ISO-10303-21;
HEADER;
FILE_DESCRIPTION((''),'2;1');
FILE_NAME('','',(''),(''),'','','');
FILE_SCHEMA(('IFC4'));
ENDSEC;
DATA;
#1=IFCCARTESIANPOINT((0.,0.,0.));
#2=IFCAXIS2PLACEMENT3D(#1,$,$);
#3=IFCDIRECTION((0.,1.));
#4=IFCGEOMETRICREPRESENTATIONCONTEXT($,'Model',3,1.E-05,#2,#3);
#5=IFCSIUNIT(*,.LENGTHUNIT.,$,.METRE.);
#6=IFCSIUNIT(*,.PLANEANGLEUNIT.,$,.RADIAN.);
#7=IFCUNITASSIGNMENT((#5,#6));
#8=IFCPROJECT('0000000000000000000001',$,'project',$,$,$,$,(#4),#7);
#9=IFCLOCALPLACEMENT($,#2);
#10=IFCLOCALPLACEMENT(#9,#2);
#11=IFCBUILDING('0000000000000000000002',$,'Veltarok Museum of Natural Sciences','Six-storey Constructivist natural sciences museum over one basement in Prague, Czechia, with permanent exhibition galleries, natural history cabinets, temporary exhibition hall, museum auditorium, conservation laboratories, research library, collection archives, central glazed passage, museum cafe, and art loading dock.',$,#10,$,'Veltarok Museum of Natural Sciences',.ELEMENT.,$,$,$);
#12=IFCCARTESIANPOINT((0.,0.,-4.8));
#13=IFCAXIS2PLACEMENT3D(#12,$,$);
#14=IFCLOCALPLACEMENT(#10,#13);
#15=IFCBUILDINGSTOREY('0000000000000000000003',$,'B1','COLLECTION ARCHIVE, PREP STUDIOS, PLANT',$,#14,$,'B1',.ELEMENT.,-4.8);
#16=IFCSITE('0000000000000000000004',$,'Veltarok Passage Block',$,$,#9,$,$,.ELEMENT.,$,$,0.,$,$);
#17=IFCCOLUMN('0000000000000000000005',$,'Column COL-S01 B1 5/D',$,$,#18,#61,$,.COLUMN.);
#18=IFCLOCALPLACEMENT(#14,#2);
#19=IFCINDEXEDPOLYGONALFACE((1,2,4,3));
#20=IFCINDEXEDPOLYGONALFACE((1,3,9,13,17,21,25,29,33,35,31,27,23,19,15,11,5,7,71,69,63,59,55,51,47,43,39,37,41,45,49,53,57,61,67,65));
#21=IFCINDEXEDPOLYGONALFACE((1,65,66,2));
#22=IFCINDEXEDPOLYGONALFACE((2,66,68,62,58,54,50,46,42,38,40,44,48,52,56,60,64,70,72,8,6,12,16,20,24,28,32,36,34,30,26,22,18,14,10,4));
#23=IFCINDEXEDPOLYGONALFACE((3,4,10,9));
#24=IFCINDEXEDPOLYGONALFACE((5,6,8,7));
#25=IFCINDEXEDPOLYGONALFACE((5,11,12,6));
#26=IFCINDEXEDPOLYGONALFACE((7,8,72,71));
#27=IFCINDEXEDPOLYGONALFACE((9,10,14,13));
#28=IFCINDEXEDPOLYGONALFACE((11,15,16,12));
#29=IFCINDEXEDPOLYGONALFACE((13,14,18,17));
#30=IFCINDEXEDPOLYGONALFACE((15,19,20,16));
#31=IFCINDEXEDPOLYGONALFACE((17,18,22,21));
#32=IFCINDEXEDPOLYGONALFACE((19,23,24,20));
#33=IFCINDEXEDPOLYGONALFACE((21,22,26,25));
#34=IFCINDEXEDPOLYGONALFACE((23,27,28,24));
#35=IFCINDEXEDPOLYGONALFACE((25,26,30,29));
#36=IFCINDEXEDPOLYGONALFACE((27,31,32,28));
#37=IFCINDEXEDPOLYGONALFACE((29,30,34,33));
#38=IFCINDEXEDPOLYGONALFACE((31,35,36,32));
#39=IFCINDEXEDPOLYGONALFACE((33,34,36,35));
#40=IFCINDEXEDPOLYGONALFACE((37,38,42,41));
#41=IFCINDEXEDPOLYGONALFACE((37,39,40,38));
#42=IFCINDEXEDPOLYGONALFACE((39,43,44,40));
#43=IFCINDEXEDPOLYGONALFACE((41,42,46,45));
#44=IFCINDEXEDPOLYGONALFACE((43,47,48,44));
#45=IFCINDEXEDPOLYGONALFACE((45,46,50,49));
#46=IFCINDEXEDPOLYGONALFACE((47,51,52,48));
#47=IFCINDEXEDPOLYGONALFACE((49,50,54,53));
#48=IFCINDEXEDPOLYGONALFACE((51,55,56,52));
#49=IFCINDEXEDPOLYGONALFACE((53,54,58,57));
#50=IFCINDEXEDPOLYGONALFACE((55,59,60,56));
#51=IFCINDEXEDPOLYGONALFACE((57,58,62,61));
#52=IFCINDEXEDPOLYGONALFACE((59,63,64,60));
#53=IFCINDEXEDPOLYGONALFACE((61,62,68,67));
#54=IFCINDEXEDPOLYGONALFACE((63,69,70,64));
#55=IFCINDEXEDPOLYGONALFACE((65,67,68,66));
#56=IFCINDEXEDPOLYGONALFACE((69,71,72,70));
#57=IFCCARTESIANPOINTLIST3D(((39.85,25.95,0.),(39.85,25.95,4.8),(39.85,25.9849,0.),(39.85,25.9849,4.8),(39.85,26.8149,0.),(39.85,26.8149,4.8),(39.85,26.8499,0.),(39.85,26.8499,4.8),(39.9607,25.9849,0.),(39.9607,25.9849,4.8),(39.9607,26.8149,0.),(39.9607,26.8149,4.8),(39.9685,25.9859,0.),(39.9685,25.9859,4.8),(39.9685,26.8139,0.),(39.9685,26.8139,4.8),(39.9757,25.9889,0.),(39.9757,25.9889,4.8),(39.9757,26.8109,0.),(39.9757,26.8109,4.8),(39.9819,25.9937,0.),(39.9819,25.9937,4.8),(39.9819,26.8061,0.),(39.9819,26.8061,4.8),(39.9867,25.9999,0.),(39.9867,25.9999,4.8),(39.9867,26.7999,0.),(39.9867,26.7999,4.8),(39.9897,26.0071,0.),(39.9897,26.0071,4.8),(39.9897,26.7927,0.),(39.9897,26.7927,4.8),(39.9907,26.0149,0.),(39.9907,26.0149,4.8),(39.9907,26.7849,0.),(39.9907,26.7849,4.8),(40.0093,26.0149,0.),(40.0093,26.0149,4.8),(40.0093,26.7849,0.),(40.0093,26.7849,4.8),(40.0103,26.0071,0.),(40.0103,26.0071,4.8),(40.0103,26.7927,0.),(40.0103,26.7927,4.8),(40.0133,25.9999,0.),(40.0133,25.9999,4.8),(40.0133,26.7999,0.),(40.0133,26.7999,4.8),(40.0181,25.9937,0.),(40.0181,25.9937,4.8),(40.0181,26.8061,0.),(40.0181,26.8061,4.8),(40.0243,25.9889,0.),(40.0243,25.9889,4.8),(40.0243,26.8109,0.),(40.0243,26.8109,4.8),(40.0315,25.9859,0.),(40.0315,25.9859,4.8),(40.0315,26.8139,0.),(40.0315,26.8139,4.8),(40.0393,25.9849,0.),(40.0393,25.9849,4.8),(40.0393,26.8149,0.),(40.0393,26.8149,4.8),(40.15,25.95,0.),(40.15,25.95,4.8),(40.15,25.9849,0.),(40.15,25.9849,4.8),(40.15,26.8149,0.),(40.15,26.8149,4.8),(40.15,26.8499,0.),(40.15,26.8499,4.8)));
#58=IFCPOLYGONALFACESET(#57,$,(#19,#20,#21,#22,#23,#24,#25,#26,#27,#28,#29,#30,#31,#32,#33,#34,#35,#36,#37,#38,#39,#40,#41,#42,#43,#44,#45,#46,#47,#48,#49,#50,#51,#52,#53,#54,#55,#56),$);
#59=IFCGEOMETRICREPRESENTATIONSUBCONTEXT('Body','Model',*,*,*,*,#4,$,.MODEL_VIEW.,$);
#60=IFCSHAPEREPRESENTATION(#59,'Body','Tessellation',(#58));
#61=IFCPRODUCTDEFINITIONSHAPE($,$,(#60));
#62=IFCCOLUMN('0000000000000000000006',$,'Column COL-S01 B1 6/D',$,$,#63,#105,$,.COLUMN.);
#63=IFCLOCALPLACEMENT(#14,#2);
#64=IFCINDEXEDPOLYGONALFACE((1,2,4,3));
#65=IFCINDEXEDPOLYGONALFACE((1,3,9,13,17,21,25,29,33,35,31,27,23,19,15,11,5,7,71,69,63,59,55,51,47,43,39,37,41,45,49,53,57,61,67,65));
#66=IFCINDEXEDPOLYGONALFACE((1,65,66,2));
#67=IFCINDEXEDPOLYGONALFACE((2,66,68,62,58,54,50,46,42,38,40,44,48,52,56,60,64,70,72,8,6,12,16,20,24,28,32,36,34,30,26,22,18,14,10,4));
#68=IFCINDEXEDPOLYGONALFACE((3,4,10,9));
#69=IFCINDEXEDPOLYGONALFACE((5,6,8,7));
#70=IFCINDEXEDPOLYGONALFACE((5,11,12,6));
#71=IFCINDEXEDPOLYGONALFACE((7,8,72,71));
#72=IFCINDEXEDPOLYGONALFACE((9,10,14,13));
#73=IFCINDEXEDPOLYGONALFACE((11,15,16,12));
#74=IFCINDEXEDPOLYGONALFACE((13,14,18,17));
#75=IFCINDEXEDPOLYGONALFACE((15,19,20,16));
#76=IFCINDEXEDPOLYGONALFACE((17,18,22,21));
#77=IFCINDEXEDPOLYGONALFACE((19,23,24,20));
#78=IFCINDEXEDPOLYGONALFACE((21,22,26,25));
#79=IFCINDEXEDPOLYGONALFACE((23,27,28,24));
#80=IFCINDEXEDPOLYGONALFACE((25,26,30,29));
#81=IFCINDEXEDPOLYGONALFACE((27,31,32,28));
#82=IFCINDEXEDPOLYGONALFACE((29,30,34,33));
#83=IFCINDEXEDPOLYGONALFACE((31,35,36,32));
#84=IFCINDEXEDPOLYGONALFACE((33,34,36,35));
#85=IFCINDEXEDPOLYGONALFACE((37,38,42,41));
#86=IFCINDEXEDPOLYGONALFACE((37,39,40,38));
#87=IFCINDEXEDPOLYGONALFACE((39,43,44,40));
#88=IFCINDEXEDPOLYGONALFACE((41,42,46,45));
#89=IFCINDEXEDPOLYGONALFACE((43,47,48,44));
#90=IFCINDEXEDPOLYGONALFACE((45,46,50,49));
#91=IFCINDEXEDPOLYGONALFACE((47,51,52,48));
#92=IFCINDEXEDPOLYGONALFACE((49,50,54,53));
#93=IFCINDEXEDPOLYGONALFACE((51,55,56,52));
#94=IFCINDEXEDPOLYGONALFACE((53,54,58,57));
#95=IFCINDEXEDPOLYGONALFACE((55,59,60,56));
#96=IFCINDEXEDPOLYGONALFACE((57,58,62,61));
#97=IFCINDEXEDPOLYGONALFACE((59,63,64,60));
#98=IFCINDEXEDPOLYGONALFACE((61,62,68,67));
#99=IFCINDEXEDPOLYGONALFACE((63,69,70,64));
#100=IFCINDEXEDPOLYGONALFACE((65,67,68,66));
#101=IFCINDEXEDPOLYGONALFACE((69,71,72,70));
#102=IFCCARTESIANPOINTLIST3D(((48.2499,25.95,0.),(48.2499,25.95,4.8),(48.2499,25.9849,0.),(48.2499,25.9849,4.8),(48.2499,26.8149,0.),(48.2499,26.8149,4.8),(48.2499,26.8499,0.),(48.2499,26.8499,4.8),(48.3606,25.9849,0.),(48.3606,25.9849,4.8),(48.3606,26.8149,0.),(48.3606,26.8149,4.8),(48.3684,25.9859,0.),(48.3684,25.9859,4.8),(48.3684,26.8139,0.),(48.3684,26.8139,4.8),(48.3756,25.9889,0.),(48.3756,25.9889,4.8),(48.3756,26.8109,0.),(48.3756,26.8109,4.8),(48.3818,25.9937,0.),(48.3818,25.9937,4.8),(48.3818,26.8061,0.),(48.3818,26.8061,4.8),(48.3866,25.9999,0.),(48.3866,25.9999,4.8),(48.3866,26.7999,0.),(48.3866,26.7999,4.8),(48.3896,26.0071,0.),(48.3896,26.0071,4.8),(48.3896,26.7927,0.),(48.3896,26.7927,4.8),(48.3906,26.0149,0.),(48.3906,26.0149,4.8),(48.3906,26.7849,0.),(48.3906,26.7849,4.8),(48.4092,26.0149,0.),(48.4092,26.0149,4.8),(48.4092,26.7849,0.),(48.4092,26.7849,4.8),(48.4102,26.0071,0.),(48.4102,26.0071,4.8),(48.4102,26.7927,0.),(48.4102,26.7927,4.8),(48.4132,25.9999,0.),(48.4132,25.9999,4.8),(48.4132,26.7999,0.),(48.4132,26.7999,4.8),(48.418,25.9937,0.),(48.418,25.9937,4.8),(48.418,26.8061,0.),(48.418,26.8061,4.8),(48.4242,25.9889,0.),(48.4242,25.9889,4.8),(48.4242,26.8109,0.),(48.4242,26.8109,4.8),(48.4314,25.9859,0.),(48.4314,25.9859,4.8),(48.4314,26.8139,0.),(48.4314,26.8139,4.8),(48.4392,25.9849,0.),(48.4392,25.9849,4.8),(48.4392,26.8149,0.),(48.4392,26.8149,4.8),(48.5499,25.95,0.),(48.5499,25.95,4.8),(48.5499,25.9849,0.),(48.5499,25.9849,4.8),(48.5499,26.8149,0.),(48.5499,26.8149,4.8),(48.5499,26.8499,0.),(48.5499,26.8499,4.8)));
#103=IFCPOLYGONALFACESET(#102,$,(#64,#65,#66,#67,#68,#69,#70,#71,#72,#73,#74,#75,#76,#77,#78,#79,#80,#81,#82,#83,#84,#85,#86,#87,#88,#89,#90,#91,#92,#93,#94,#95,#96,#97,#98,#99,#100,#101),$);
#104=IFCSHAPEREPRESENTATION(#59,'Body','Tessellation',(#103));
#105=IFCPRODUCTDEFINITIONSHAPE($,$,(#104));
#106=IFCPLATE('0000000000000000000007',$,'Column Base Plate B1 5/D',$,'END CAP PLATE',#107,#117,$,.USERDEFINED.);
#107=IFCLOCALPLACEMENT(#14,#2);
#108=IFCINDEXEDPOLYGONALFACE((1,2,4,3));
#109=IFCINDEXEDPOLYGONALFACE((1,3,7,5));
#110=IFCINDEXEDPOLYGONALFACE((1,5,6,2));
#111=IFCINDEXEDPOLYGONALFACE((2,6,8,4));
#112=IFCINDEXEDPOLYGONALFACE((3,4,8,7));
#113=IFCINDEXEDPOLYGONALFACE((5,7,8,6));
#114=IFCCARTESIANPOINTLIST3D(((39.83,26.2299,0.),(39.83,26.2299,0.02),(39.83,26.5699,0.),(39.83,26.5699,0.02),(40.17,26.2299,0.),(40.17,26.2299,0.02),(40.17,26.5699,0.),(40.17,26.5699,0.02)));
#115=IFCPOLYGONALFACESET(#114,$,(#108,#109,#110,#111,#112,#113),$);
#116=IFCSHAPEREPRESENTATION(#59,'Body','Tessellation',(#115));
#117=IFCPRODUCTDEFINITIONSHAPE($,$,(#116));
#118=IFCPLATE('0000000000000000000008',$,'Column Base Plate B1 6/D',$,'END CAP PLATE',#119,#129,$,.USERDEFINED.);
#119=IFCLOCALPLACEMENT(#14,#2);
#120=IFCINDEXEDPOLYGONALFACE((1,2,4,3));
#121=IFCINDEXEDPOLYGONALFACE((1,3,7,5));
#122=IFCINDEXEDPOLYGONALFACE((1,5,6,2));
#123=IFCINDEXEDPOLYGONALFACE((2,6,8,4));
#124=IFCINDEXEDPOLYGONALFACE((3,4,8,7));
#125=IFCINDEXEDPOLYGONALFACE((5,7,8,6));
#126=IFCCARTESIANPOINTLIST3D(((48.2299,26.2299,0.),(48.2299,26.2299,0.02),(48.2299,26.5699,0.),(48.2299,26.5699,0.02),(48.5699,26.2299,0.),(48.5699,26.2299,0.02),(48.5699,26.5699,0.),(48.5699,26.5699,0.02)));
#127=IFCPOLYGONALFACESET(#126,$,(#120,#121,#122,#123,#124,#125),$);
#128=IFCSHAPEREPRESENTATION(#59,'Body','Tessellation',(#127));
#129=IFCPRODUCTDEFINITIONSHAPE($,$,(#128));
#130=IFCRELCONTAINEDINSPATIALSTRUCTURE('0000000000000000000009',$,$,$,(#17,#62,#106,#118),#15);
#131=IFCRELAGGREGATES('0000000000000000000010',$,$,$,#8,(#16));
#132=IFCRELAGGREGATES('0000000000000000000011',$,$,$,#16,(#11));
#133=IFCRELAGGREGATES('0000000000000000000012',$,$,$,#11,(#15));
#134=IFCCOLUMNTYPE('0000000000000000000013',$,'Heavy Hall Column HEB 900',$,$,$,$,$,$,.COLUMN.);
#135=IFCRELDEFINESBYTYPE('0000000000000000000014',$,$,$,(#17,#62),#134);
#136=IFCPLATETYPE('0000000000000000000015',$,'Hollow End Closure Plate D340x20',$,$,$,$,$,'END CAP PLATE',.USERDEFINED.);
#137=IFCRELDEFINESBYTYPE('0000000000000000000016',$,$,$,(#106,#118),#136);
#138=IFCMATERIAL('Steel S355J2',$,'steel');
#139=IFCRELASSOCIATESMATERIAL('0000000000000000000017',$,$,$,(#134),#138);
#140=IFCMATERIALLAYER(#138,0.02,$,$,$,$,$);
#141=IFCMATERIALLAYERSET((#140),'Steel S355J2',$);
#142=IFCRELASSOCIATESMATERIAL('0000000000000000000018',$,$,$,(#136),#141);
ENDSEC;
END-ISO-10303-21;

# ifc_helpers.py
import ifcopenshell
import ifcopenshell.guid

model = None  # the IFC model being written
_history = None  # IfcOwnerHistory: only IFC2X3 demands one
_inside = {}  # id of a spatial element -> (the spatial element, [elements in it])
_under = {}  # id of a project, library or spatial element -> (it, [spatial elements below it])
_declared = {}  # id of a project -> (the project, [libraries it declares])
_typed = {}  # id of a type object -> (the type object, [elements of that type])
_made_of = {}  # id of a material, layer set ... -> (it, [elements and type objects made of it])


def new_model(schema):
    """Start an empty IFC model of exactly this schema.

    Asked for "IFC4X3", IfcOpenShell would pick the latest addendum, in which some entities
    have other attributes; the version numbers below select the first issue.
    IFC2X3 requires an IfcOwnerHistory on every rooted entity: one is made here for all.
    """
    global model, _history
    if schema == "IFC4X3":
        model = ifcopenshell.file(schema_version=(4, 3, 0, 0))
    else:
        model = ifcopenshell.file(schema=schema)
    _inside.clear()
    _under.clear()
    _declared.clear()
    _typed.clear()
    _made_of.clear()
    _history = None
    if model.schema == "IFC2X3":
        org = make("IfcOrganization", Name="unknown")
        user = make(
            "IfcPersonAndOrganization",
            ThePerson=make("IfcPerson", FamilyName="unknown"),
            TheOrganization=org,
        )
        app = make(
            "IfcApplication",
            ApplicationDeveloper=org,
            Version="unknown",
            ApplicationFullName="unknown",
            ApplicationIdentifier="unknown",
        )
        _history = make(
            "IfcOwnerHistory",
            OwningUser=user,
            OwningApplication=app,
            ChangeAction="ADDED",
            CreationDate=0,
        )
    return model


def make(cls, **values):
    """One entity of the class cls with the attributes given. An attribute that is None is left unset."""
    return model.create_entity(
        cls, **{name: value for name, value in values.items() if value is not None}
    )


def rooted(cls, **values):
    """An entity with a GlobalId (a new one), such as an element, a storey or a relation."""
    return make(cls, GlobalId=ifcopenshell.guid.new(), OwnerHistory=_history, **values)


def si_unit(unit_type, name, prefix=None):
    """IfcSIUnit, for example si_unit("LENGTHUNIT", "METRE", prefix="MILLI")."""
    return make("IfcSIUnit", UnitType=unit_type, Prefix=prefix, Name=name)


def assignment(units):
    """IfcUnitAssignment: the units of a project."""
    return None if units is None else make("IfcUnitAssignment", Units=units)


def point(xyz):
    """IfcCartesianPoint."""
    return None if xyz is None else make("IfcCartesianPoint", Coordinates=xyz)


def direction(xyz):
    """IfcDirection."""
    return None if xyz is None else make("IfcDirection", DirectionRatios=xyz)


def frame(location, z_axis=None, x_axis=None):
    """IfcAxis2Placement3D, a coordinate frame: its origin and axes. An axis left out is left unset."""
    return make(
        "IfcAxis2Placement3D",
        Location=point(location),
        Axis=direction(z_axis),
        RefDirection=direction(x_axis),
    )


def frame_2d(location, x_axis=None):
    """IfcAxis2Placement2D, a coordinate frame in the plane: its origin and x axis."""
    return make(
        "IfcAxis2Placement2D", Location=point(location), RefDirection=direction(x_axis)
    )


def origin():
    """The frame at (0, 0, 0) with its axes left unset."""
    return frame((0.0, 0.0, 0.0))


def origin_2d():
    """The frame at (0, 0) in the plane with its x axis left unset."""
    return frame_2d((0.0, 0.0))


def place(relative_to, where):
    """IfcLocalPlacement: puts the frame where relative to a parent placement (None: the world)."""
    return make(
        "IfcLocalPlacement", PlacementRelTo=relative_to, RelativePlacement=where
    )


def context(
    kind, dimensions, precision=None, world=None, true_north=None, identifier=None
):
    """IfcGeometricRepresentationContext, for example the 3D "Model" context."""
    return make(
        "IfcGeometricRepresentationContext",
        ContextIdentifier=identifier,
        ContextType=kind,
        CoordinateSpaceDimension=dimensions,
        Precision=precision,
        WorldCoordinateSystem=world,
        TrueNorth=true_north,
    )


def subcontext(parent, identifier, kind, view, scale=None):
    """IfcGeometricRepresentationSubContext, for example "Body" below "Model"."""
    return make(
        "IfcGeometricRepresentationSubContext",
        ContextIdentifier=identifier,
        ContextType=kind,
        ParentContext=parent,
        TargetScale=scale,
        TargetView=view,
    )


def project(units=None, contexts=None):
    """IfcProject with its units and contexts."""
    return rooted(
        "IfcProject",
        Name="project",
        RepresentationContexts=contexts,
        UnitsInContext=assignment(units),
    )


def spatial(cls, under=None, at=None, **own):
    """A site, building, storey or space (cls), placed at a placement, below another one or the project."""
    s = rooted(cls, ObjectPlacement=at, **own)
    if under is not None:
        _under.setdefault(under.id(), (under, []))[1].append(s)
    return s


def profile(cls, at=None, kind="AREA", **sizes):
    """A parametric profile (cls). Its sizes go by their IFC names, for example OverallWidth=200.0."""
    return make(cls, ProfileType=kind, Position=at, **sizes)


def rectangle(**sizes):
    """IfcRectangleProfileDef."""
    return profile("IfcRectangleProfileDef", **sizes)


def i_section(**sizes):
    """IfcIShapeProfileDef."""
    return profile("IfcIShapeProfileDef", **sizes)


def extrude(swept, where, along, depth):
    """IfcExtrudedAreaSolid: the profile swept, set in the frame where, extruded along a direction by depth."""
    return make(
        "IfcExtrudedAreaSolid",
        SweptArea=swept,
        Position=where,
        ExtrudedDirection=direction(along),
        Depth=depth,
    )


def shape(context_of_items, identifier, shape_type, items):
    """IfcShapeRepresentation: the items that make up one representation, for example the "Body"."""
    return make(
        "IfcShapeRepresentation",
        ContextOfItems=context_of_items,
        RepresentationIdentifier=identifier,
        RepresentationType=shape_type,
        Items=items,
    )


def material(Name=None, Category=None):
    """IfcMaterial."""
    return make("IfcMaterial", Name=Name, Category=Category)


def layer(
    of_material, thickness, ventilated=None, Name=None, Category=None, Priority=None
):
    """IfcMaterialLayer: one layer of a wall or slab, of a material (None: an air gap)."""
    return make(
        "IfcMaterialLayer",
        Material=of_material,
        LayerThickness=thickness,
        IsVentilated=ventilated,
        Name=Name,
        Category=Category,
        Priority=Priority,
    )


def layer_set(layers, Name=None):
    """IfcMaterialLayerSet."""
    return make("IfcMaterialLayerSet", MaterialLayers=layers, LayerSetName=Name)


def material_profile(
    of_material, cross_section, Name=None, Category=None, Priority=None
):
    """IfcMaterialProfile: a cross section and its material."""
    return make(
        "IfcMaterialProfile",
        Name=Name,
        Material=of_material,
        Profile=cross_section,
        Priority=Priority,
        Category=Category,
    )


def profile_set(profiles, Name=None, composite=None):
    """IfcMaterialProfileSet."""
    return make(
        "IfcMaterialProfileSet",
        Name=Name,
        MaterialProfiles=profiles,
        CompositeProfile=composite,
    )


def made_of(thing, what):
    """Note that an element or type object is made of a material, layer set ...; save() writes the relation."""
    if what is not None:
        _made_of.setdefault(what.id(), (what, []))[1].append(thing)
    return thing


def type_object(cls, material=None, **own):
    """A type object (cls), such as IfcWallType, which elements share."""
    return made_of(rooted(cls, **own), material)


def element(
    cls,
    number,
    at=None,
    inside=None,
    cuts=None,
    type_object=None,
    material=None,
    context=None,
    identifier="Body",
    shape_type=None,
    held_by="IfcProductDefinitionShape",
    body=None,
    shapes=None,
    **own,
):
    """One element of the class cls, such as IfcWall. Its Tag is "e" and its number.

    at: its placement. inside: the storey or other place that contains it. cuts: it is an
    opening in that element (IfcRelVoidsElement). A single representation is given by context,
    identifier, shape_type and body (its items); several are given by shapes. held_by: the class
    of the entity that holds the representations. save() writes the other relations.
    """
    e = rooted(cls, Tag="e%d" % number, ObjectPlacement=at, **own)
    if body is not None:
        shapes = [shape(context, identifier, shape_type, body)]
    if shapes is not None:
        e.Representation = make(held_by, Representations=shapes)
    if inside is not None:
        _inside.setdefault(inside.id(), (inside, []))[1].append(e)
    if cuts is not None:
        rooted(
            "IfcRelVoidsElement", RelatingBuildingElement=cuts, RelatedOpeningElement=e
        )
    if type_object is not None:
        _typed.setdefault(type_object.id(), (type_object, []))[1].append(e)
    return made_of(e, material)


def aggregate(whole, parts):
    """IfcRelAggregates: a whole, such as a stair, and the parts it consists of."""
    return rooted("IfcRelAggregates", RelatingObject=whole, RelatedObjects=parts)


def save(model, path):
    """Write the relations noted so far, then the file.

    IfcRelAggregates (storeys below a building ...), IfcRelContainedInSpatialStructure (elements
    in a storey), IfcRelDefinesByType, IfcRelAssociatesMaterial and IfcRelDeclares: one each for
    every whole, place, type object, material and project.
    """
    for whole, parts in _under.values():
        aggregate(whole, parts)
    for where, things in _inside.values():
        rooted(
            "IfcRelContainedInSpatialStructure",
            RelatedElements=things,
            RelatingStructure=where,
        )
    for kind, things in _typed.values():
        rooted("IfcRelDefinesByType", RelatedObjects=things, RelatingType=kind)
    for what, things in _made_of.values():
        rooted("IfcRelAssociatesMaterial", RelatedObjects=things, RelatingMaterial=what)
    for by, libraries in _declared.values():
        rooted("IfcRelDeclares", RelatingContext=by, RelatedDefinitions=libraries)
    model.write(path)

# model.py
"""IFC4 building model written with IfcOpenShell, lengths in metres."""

from ifc_helpers import new_model, si_unit, direction, frame, origin, origin_2d, place, context, subcontext, project, spatial, rectangle, i_section, extrude, material, layer, layer_set, material_profile, profile_set, type_object, element, save


model = new_model("IFC4")

# Units and contexts
model_context = context("Model", 3, precision=1e-05, world=origin(), true_north=direction((0.0, 1.0)))
body_context = subcontext(model_context, "Body", "Model", "MODEL_VIEW")
ifc_project = project(units=[si_unit("LENGTHUNIT", "METRE"), si_unit("PLANEANGLEUNIT", "RADIAN")], contexts=[model_context])

# Site, building, storey
site_placement = place(None, origin())
site = spatial("IfcSite", under=ifc_project, at=site_placement, Name="Veltarok Passage Block", CompositionType="ELEMENT", RefElevation=0.0)
building_placement = place(site_placement, origin())
building = spatial("IfcBuilding", under=site, at=building_placement, Name="Veltarok Museum of Natural Sciences", Description="Six-storey Constructivist natural sciences museum over one basement in Prague, Czechia, with permanent exhibition galleries, natural history cabinets, temporary exhibition hall, museum auditorium, conservation laboratories, research library, collection archives, central glazed passage, museum cafe, and art loading dock.", LongName="Veltarok Museum of Natural Sciences", CompositionType="ELEMENT")
storey_placement = place(building_placement, frame((0.0, 0.0, -4.8)))
storey = spatial("IfcBuildingStorey", under=building, at=storey_placement, Name="B1", Description="COLLECTION ARCHIVE, PREP STUDIOS, PLANT", LongName="B1", CompositionType="ELEMENT", Elevation=-4.8)

# Columns
ifc_material_1 = material(Name="Steel S355J2", Category="steel")
ifc_material_profile_1 = material_profile(ifc_material_1, i_section(OverallWidth=0.3, OverallDepth=0.8999, WebThickness=0.0186, FlangeThickness=0.0349, FilletRadius=0.03, at=origin_2d()), Name="HEB 900")
ifc_profile_set_1 = profile_set([ifc_material_profile_1], Name="Steel S355J2")
column_type = type_object("IfcColumnType", Name="Heavy Hall Column HEB 900", PredefinedType="COLUMN", material=ifc_profile_set_1)
for number, where, z_axis, x_axis, name in (
    (1, (40.0, 26.3999, 0.0), (0.0, 0.0, 1.0), (1.0, 0.0, 0.0), "Column COL-S01 B1 5/D"),
    (2, (48.3999, 26.3999, 0.0), (0.0, 0.0, 1.0), (1.0, 0.0, 0.0), "Column COL-S01 B1 6/D"),
):
    element("IfcColumn", number, at=place(storey_placement, frame(where, z_axis=z_axis, x_axis=x_axis)), inside=storey, type_object=column_type, Name=name, PredefinedType="COLUMN", context=body_context, shape_type="SweptSolid", body=[
        extrude(i_section(OverallWidth=0.3, OverallDepth=0.8999, WebThickness=0.0186, FlangeThickness=0.0349, FilletRadius=0.03, at=origin_2d()), origin(), (0.0, 0.0, 1.0), 4.8),
    ])

# Plates
ifc_layer = layer(ifc_material_1, 0.02)
ifc_layer_set = layer_set([ifc_layer], Name="Steel S355J2")
plate_type = type_object("IfcPlateType", Name="Hollow End Closure Plate D340x20", ElementType="END CAP PLATE", PredefinedType="USERDEFINED", material=ifc_layer_set)
for number, where, z_axis, x_axis, name in (
    (3, (40.0, 26.3999, 0.0), (0.0, 0.0, 1.0), (1.0, 0.0, 0.0), "Column Base Plate B1 5/D"),
    (4, (48.3999, 26.3999, 0.0), (0.0, 0.0, 1.0), (1.0, 0.0, 0.0), "Column Base Plate B1 6/D"),
):
    element("IfcPlate", number, at=place(storey_placement, frame(where, z_axis=z_axis, x_axis=x_axis)), inside=storey, type_object=plate_type, Name=name, ObjectType="END CAP PLATE", PredefinedType="USERDEFINED", context=body_context, shape_type="SweptSolid", body=[
        extrude(rectangle(XDim=0.3401, YDim=0.3401, at=origin_2d()), origin(), (0.0, 0.0, 1.0), 0.02),
    ])

save(model, "model.ifc")
